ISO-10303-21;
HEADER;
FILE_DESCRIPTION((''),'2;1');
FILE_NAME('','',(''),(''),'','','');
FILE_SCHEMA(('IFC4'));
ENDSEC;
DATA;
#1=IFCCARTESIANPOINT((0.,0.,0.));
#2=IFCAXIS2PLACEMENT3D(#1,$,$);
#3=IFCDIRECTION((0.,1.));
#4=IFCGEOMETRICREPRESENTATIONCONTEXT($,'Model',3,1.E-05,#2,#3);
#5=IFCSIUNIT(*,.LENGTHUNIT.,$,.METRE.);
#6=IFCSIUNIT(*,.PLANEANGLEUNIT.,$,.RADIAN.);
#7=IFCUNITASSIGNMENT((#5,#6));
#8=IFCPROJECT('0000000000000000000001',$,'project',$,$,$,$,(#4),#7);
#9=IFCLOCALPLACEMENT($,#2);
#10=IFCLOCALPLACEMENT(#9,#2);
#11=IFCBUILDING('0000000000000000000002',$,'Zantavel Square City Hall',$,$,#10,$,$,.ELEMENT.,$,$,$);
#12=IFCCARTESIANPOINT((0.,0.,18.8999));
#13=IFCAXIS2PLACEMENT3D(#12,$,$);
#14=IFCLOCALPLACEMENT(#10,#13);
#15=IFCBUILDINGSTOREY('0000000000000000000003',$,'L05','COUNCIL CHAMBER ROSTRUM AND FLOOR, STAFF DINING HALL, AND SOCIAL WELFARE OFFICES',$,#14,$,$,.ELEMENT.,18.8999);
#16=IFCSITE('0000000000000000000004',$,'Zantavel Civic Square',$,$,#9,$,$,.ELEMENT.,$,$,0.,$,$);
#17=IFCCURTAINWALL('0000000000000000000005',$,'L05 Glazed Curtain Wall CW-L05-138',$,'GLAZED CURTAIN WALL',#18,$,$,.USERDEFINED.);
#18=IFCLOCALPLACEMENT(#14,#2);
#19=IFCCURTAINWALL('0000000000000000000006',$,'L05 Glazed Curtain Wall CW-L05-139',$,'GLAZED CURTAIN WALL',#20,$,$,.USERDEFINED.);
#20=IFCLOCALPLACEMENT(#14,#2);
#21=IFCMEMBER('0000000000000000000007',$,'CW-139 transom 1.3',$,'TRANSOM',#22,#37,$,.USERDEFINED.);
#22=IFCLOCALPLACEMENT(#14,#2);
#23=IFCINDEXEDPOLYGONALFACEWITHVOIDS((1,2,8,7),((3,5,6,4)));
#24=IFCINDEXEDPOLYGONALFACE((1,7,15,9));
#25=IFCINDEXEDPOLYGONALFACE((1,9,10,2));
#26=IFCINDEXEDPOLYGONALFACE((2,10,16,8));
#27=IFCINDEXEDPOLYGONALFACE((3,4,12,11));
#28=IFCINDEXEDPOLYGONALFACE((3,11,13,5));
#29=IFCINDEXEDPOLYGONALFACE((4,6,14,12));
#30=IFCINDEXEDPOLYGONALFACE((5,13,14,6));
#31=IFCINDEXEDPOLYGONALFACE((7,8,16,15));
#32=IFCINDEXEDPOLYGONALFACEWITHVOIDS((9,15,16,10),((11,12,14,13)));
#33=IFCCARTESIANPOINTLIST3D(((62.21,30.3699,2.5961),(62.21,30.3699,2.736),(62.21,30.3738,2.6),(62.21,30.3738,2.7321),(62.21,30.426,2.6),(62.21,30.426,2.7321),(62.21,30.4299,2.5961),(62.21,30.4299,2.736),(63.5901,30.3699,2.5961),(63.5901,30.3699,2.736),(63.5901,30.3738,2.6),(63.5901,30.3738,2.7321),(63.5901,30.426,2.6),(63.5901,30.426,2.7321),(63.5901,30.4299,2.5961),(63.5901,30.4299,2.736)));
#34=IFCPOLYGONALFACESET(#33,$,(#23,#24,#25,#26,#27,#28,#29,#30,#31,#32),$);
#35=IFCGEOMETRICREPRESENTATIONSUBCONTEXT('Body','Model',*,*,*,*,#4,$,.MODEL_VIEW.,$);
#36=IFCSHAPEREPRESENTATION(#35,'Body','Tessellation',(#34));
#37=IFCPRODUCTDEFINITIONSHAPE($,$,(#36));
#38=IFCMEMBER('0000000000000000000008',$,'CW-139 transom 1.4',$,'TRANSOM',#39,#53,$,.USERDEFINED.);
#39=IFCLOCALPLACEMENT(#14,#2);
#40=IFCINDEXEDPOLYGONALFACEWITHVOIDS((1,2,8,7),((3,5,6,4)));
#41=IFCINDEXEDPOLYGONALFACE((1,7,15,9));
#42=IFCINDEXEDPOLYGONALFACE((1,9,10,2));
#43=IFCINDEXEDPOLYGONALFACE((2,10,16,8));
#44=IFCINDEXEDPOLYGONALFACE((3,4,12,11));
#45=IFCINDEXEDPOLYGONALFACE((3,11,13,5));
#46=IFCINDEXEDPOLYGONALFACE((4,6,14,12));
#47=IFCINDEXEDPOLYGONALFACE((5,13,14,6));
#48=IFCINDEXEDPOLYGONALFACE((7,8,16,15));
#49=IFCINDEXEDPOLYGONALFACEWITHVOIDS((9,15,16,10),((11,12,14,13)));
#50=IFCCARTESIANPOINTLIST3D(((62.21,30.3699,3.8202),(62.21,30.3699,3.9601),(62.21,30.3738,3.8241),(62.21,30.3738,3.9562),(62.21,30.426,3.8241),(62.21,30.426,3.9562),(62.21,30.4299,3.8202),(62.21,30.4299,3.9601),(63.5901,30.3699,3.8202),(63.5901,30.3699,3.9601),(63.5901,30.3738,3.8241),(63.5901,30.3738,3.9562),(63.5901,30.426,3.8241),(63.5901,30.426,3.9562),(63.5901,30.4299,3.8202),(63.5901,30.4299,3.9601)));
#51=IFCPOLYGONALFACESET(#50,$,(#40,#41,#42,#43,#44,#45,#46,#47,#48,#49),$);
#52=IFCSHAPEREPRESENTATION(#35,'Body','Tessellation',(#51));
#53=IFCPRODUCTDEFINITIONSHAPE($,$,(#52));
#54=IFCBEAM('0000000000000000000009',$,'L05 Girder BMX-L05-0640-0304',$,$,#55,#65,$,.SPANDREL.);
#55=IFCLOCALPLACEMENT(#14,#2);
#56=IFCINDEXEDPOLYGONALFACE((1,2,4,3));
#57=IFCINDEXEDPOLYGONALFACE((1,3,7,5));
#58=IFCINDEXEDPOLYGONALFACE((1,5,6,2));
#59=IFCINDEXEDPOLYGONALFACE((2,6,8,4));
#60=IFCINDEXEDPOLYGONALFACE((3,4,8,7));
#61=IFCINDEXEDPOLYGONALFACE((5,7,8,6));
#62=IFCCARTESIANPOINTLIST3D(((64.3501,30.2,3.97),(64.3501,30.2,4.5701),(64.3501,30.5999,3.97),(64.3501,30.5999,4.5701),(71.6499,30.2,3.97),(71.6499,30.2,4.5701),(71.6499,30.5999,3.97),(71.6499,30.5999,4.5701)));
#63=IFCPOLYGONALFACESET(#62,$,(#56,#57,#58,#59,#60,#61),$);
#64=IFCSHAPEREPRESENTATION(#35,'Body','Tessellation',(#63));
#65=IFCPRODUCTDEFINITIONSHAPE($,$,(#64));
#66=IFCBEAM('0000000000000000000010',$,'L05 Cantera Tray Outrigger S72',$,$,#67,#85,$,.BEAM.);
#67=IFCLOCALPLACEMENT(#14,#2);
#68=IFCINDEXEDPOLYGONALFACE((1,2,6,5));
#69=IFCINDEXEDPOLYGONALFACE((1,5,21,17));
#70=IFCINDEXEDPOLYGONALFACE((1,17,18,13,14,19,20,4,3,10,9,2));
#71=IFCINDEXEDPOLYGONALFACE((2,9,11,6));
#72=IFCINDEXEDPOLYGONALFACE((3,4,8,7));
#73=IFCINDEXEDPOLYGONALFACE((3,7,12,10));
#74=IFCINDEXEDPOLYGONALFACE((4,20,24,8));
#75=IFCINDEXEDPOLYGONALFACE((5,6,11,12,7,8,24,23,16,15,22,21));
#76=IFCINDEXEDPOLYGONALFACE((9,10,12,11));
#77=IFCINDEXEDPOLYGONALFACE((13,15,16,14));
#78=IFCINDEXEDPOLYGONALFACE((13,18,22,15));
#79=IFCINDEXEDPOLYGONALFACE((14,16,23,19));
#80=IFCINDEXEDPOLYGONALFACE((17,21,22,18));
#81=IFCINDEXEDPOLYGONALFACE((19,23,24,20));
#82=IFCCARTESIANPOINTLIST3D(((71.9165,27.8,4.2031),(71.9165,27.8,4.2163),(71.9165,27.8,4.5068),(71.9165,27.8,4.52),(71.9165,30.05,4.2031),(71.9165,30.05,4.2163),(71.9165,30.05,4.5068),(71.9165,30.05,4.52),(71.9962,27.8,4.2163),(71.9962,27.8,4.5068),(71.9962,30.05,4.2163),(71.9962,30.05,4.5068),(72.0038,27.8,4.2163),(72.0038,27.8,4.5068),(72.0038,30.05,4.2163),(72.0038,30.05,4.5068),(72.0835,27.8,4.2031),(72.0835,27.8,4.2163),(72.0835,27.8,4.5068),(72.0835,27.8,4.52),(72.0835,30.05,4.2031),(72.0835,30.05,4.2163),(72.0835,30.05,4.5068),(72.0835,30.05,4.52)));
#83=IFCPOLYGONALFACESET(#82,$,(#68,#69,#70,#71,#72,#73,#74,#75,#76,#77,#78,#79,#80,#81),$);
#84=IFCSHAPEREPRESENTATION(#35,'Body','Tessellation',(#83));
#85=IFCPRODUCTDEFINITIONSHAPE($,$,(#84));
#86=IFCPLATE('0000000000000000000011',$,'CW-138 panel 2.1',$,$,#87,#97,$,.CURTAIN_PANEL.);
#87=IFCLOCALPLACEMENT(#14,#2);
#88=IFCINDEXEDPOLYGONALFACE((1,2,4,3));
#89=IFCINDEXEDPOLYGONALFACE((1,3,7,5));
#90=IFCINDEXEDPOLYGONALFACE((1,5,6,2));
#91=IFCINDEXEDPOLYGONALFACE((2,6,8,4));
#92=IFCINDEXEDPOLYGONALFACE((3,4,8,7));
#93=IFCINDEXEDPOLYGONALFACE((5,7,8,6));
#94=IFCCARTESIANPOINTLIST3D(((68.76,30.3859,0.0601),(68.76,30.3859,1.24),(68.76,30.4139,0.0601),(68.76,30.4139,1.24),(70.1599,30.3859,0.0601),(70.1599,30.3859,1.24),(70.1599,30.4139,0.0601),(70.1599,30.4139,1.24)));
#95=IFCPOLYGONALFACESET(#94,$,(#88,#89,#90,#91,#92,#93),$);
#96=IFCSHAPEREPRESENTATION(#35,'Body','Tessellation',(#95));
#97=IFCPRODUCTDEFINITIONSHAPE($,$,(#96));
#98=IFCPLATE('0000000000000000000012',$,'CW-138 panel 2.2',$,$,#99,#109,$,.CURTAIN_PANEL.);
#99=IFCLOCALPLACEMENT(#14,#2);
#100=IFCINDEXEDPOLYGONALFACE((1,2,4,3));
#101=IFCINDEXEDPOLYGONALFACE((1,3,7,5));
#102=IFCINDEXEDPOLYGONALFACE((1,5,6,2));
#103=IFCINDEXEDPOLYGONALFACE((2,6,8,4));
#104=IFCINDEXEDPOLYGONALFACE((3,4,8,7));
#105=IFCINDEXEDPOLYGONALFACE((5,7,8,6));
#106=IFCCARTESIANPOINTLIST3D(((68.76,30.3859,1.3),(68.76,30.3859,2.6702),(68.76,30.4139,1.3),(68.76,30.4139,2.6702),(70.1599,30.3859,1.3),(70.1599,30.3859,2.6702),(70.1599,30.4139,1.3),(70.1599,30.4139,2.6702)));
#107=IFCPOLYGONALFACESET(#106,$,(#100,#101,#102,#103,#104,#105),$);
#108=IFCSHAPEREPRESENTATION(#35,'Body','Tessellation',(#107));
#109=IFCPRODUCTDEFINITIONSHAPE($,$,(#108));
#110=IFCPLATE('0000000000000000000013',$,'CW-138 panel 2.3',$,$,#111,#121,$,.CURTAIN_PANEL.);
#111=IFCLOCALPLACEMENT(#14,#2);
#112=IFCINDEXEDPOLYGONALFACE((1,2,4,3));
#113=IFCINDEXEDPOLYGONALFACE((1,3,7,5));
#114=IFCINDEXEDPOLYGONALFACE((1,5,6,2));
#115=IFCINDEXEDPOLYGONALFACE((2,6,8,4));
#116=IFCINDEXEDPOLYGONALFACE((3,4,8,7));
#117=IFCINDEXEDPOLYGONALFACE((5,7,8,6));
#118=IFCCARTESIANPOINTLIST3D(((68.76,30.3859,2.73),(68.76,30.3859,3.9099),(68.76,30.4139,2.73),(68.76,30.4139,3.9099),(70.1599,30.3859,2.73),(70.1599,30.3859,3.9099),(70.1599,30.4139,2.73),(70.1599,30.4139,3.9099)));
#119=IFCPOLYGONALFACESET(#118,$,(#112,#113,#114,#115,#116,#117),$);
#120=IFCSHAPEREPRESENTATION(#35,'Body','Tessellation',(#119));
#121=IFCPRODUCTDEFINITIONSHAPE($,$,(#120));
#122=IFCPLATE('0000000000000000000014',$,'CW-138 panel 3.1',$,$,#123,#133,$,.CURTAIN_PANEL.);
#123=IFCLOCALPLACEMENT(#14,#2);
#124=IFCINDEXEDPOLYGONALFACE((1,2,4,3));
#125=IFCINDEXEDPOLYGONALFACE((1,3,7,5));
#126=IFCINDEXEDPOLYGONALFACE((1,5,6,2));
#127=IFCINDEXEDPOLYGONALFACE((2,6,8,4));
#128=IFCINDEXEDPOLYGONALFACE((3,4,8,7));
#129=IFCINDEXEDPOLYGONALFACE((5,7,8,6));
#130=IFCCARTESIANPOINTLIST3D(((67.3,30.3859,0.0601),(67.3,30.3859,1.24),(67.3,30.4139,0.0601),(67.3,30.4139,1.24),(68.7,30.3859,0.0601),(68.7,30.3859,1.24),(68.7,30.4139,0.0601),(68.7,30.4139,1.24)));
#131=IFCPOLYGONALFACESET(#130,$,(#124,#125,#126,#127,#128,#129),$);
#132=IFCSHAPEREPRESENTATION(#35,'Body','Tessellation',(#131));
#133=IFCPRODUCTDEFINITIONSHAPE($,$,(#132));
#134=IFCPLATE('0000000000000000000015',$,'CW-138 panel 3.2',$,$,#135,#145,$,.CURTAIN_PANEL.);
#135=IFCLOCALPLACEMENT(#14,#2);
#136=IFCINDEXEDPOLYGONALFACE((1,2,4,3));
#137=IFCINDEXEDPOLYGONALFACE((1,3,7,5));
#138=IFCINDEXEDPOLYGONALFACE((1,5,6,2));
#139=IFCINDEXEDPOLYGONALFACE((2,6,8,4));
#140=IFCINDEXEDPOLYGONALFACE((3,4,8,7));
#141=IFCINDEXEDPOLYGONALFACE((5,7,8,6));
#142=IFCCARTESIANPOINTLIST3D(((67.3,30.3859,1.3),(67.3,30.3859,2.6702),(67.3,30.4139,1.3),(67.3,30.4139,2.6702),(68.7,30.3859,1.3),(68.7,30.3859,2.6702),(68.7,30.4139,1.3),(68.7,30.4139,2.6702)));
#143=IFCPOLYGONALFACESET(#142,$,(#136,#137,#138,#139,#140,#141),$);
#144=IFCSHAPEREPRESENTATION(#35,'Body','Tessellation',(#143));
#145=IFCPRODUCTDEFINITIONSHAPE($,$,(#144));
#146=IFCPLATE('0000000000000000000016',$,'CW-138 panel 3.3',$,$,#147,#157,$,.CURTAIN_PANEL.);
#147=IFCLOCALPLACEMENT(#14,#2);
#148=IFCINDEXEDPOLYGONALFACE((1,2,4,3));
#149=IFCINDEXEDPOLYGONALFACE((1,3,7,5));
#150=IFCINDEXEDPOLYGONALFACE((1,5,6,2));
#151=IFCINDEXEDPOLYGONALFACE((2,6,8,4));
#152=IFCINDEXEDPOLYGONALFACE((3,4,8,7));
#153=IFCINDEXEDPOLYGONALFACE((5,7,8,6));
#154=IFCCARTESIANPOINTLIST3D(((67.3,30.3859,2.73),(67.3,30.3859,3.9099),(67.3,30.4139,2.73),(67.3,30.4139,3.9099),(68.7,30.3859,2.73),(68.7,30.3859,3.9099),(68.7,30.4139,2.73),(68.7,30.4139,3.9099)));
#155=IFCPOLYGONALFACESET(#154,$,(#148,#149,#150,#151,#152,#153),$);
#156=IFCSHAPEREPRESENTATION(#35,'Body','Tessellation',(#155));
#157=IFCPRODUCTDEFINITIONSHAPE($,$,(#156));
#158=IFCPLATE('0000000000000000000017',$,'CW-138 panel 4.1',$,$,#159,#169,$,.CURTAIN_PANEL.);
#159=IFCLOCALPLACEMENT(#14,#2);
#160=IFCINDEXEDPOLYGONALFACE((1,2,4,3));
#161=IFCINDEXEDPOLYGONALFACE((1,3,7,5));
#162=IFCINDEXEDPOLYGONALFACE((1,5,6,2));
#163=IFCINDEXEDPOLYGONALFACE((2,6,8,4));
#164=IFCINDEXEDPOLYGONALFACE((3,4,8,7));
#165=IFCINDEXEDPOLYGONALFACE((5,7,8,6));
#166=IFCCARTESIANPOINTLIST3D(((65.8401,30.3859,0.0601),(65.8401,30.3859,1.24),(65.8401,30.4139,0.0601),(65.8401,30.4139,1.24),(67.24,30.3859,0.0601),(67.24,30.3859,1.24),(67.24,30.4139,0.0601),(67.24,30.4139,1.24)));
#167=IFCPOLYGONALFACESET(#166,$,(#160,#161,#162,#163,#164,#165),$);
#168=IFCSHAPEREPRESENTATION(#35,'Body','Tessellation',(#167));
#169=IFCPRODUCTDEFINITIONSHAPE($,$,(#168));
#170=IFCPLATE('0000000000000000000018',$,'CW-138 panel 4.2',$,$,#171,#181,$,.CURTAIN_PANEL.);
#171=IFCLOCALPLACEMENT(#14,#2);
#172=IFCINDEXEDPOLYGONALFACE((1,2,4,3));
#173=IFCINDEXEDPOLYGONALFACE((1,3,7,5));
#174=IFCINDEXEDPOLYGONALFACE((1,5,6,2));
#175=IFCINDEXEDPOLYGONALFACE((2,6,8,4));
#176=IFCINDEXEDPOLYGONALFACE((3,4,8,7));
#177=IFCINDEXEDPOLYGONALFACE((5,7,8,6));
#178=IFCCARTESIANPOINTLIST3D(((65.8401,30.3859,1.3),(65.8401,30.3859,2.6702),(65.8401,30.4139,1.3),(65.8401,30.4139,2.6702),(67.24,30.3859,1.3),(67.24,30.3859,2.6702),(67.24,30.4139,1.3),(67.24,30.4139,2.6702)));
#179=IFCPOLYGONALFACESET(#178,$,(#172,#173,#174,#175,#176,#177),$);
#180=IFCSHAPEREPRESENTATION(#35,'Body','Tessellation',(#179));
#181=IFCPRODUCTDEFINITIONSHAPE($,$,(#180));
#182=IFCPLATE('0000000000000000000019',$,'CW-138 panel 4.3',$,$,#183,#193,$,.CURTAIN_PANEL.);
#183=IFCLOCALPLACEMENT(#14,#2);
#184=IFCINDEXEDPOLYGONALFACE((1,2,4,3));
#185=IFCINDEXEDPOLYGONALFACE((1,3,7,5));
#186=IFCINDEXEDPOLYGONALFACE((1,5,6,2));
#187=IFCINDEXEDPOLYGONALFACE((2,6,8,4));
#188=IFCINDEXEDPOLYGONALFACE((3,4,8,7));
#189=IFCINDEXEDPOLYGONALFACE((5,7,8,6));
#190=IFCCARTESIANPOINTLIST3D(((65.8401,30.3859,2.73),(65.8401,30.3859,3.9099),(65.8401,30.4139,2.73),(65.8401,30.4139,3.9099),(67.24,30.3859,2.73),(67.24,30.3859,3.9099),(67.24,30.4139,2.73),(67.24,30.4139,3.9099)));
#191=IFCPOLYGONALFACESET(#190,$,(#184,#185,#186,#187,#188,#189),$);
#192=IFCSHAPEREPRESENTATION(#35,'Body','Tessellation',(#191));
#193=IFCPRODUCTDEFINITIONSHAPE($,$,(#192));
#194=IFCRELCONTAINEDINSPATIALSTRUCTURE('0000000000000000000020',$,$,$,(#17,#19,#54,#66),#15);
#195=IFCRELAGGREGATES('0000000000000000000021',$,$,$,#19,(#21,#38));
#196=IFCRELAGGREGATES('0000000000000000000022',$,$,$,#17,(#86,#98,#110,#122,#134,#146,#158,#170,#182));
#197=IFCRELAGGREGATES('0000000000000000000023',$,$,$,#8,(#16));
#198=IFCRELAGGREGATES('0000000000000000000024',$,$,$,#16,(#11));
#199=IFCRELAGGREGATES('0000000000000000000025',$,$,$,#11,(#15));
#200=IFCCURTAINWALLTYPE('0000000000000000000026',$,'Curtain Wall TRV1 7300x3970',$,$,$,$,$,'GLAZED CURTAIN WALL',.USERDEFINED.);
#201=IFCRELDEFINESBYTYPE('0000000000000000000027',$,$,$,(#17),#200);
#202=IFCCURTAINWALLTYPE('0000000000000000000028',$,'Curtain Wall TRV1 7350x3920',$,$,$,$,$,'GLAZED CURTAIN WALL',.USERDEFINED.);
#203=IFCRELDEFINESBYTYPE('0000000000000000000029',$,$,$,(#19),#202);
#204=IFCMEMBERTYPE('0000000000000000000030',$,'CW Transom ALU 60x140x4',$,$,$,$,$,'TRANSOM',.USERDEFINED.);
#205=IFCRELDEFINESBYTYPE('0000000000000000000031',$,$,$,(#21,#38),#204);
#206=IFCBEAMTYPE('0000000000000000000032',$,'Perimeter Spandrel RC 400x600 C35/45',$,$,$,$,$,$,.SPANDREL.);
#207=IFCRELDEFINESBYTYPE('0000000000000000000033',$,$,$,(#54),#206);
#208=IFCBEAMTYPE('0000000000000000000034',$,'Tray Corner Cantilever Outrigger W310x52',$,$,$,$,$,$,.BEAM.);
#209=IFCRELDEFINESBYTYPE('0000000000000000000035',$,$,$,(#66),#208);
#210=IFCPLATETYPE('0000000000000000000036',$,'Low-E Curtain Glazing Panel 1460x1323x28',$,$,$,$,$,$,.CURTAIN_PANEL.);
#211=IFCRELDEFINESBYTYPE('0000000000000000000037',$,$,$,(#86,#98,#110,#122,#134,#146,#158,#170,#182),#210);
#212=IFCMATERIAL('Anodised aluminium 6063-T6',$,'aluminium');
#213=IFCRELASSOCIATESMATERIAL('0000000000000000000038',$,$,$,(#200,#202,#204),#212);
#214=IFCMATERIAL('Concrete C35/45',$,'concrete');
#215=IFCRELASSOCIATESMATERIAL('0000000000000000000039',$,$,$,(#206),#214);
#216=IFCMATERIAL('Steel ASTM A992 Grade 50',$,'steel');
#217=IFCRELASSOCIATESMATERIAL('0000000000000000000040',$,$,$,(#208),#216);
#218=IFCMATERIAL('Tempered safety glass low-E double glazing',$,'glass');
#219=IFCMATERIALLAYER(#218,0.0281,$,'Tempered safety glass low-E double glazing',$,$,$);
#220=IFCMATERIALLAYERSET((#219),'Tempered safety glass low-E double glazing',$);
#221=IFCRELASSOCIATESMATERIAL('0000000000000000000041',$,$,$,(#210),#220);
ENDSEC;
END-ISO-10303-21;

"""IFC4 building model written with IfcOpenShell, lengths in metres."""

from ifc_helpers import new_model, si_unit, direction, frame, origin, origin_2d, place, context, subcontext, project, spatial, rectangle, hollow_rectangle, i_section, extrude, material, layer, layer_set, material_profile, profile_set, type_object, element, aggregate, save


model = new_model("IFC4")

# Units and contexts
model_context = context("Model", 3, precision=1e-05, world=origin(), true_north=direction((0.0, 1.0)))
body_context = subcontext(model_context, "Body", "Model", "MODEL_VIEW")
ifc_project = project(units=[si_unit("LENGTHUNIT", "METRE"), si_unit("PLANEANGLEUNIT", "RADIAN")], contexts=[model_context])

# Site, building, storey
site_placement = place(None, origin())
site = spatial("IfcSite", under=ifc_project, at=site_placement, Name="Zantavel Civic Square", CompositionType="ELEMENT", RefElevation=0.0)
building_placement = place(site_placement, origin())
building = spatial("IfcBuilding", under=site, at=building_placement, Name="Zantavel Square City Hall", CompositionType="ELEMENT")
storey_placement = place(building_placement, frame((0.0, 0.0, 18.8999)))
storey = spatial("IfcBuildingStorey", under=building, at=storey_placement, Name="L05", Description="COUNCIL CHAMBER ROSTRUM AND FLOOR, STAFF DINING HALL, AND SOCIAL WELFARE OFFICES", CompositionType="ELEMENT", Elevation=18.8999)

# Curtain wall
ifc_material_1 = material(Name="Anodised aluminium 6063-T6", Category="aluminium")
curtain_wall_type_1 = type_object("IfcCurtainWallType", Name="Curtain Wall TRV1 7300x3970", ElementType="GLAZED CURTAIN WALL", PredefinedType="USERDEFINED", material=ifc_material_1)
curtain_wall_1_placement = place(storey_placement, origin())
curtain_wall_1 = element("IfcCurtainWall", 1, at=curtain_wall_1_placement, inside=storey, type_object=curtain_wall_type_1, Name="L05 Glazed Curtain Wall CW-L05-138", ObjectType="GLAZED CURTAIN WALL", PredefinedType="USERDEFINED")

# Curtain wall
curtain_wall_type_2 = type_object("IfcCurtainWallType", Name="Curtain Wall TRV1 7350x3920", ElementType="GLAZED CURTAIN WALL", PredefinedType="USERDEFINED", material=ifc_material_1)
curtain_wall_2_placement = place(storey_placement, origin())
curtain_wall_2 = element("IfcCurtainWall", 2, at=curtain_wall_2_placement, inside=storey, type_object=curtain_wall_type_2, Name="L05 Glazed Curtain Wall CW-L05-139", ObjectType="GLAZED CURTAIN WALL", PredefinedType="USERDEFINED")

# Members
ifc_material_profile_1 = material_profile(ifc_material_1, hollow_rectangle(XDim=0.0601, YDim=0.1399, WallThickness=0.0039, at=origin_2d()), Name="ALU 60x140x4")
ifc_profile_set_1 = profile_set([ifc_material_profile_1], Name="Anodised aluminium 6063-T6")
member_type_1 = type_object("IfcMemberType", Name="CW Transom ALU 60x140x4", ElementType="TRANSOM", PredefinedType="USERDEFINED", material=ifc_profile_set_1)
member_1_placement = place(storey_placement, frame((63.5901, 30.3999, 2.666), z_axis=(-1.0, 0.0, 0.0), x_axis=(0.0, -1.0, 0.0)))
member_1 = element("IfcMember", 3, at=member_1_placement, type_object=member_type_1, Name="CW-139 transom 1.3", ObjectType="TRANSOM", PredefinedType="USERDEFINED", context=body_context, shape_type="SweptSolid", body=[
    extrude(hollow_rectangle(XDim=0.0601, YDim=0.1399, WallThickness=0.0039, at=origin_2d()), origin(), (0.0, 0.0, 1.0), 1.3801),
])
member_2_placement = place(storey_placement, frame((63.5901, 30.3999, 3.8901), z_axis=(-1.0, 0.0, 0.0), x_axis=(0.0, -1.0, 0.0)))
member_2 = element("IfcMember", 4, at=member_2_placement, type_object=member_type_1, Name="CW-139 transom 1.4", ObjectType="TRANSOM", PredefinedType="USERDEFINED", context=body_context, shape_type="SweptSolid", body=[
    extrude(hollow_rectangle(XDim=0.0601, YDim=0.1399, WallThickness=0.0039, at=origin_2d()), origin(), (0.0, 0.0, 1.0), 1.3801),
])
aggregate(curtain_wall_2, [member_1, member_2])

# Beams
ifc_material_2 = material(Name="Concrete C35/45", Category="concrete")
ifc_material_profile_2 = material_profile(ifc_material_2, rectangle(XDim=0.3999, YDim=0.6001, at=origin_2d()), Name="RC 400x600")
ifc_profile_set_2 = profile_set([ifc_material_profile_2], Name="Concrete C35/45")
beam_type_1 = type_object("IfcBeamType", Name="Perimeter Spandrel RC 400x600 C35/45", PredefinedType="SPANDREL", material=ifc_profile_set_2)
beam_1_placement = place(storey_placement, frame((64.3501, 30.3999, 4.27), z_axis=(1.0, 0.0, 0.0), x_axis=(0.0, 1.0, 0.0)))
element("IfcBeam", 5, at=beam_1_placement, inside=storey, type_object=beam_type_1, Name="L05 Girder BMX-L05-0640-0304", PredefinedType="SPANDREL", context=body_context, shape_type="SweptSolid", body=[
    extrude(rectangle(XDim=0.3999, YDim=0.6001, at=origin_2d()), origin(), (0.0, 0.0, 1.0), 7.2998),
])
ifc_material_3 = material(Name="Steel ASTM A992 Grade 50", Category="steel")
ifc_material_profile_3 = material_profile(ifc_material_3, i_section(OverallWidth=0.167, OverallDepth=0.3169, WebThickness=0.0076, FlangeThickness=0.0132, at=origin_2d()), Name="W310x52")
ifc_profile_set_3 = profile_set([ifc_material_profile_3], Name="Steel ASTM A992 Grade 50")
beam_type_2 = type_object("IfcBeamType", Name="Tray Corner Cantilever Outrigger W310x52", PredefinedType="BEAM", material=ifc_profile_set_3)
beam_2_placement = place(storey_placement, frame((72.0, 30.05, 4.3616), z_axis=(0.0, -1.0, 0.0), x_axis=(1.0, 0.0, 0.0)))
element("IfcBeam", 6, at=beam_2_placement, inside=storey, type_object=beam_type_2, Name="L05 Cantera Tray Outrigger S72", PredefinedType="BEAM", context=body_context, shape_type="SweptSolid", body=[
    extrude(i_section(OverallWidth=0.167, OverallDepth=0.3169, WebThickness=0.0076, FlangeThickness=0.0132, at=origin_2d()), origin(), (0.0, 0.0, 1.0), 2.25),
])

# Plates
ifc_material_4 = material(Name="Tempered safety glass low-E double glazing", Category="glass")
ifc_layer = layer(ifc_material_4, 0.0281, Name="Tempered safety glass low-E double glazing")
ifc_layer_set = layer_set([ifc_layer], Name="Tempered safety glass low-E double glazing")
plate_type = type_object("IfcPlateType", Name="Low-E Curtain Glazing Panel 1460x1323x28", PredefinedType="CURTAIN_PANEL", material=ifc_layer_set)
plate_1_placement = place(storey_placement, frame((69.46, 30.3999, 0.0601), z_axis=(0.0, 0.0, 1.0), x_axis=(-1.0, 0.0, 0.0)))
plate_1 = element("IfcPlate", 7, at=plate_1_placement, type_object=plate_type, Name="CW-138 panel 2.1", PredefinedType="CURTAIN_PANEL", context=body_context, shape_type="SweptSolid", body=[
    extrude(rectangle(XDim=1.3999, YDim=0.0281, at=origin_2d()), origin(), (0.0, 0.0, 1.0), 1.1799),
])
plate_2_placement = place(storey_placement, frame((69.46, 30.3999, 1.3), z_axis=(0.0, 0.0, 1.0), x_axis=(-1.0, 0.0, 0.0)))
plate_2 = element("IfcPlate", 8, at=plate_2_placement, type_object=plate_type, Name="CW-138 panel 2.2", PredefinedType="CURTAIN_PANEL", context=body_context, shape_type="SweptSolid", body=[
    extrude(rectangle(XDim=1.3999, YDim=0.0281, at=origin_2d()), origin(), (0.0, 0.0, 1.0), 1.3701),
])
plate_3_placement = place(storey_placement, frame((69.46, 30.3999, 2.73), z_axis=(0.0, 0.0, 1.0), x_axis=(-1.0, 0.0, 0.0)))
plate_3 = element("IfcPlate", 9, at=plate_3_placement, type_object=plate_type, Name="CW-138 panel 2.3", PredefinedType="CURTAIN_PANEL", context=body_context, shape_type="SweptSolid", body=[
    extrude(rectangle(XDim=1.3999, YDim=0.0281, at=origin_2d()), origin(), (0.0, 0.0, 1.0), 1.1799),
])
plate_4_placement = place(storey_placement, frame((68.0, 30.3999, 0.0601), z_axis=(0.0, 0.0, 1.0), x_axis=(-1.0, 0.0, 0.0)))
plate_4 = element("IfcPlate", 10, at=plate_4_placement, type_object=plate_type, Name="CW-138 panel 3.1", PredefinedType="CURTAIN_PANEL", context=body_context, shape_type="SweptSolid", body=[
    extrude(rectangle(XDim=1.3999, YDim=0.0281, at=origin_2d()), origin(), (0.0, 0.0, 1.0), 1.1799),
])
plate_5_placement = place(storey_placement, frame((68.0, 30.3999, 1.3), z_axis=(0.0, 0.0, 1.0), x_axis=(-1.0, 0.0, 0.0)))
plate_5 = element("IfcPlate", 11, at=plate_5_placement, type_object=plate_type, Name="CW-138 panel 3.2", PredefinedType="CURTAIN_PANEL", context=body_context, shape_type="SweptSolid", body=[
    extrude(rectangle(XDim=1.3999, YDim=0.0281, at=origin_2d()), origin(), (0.0, 0.0, 1.0), 1.3701),
])
plate_6_placement = place(storey_placement, frame((68.0, 30.3999, 2.73), z_axis=(0.0, 0.0, 1.0), x_axis=(-1.0, 0.0, 0.0)))
plate_6 = element("IfcPlate", 12, at=plate_6_placement, type_object=plate_type, Name="CW-138 panel 3.3", PredefinedType="CURTAIN_PANEL", context=body_context, shape_type="SweptSolid", body=[
    extrude(rectangle(XDim=1.3999, YDim=0.0281, at=origin_2d()), origin(), (0.0, 0.0, 1.0), 1.1799),
])
plate_7_placement = place(storey_placement, frame((66.54, 30.3999, 0.0601), z_axis=(0.0, 0.0, 1.0), x_axis=(-1.0, 0.0, 0.0)))
plate_7 = element("IfcPlate", 13, at=plate_7_placement, type_object=plate_type, Name="CW-138 panel 4.1", PredefinedType="CURTAIN_PANEL", context=body_context, shape_type="SweptSolid", body=[
    extrude(rectangle(XDim=1.3999, YDim=0.0281, at=origin_2d()), origin(), (0.0, 0.0, 1.0), 1.1799),
])
plate_8_placement = place(storey_placement, frame((66.54, 30.3999, 1.3), z_axis=(0.0, 0.0, 1.0), x_axis=(-1.0, 0.0, 0.0)))
plate_8 = element("IfcPlate", 14, at=plate_8_placement, type_object=plate_type, Name="CW-138 panel 4.2", PredefinedType="CURTAIN_PANEL", context=body_context, shape_type="SweptSolid", body=[
    extrude(rectangle(XDim=1.3999, YDim=0.0281, at=origin_2d()), origin(), (0.0, 0.0, 1.0), 1.3701),
])
plate_9_placement = place(storey_placement, frame((66.54, 30.3999, 2.73), z_axis=(0.0, 0.0, 1.0), x_axis=(-1.0, 0.0, 0.0)))
plate_9 = element("IfcPlate", 15, at=plate_9_placement, type_object=plate_type, Name="CW-138 panel 4.3", PredefinedType="CURTAIN_PANEL", context=body_context, shape_type="SweptSolid", body=[
    extrude(rectangle(XDim=1.3999, YDim=0.0281, at=origin_2d()), origin(), (0.0, 0.0, 1.0), 1.1799),
])
aggregate(curtain_wall_1, [plate_1, plate_2, plate_3, plate_4, plate_5, plate_6, plate_7, plate_8, plate_9])

save(model, "model.ifc")
